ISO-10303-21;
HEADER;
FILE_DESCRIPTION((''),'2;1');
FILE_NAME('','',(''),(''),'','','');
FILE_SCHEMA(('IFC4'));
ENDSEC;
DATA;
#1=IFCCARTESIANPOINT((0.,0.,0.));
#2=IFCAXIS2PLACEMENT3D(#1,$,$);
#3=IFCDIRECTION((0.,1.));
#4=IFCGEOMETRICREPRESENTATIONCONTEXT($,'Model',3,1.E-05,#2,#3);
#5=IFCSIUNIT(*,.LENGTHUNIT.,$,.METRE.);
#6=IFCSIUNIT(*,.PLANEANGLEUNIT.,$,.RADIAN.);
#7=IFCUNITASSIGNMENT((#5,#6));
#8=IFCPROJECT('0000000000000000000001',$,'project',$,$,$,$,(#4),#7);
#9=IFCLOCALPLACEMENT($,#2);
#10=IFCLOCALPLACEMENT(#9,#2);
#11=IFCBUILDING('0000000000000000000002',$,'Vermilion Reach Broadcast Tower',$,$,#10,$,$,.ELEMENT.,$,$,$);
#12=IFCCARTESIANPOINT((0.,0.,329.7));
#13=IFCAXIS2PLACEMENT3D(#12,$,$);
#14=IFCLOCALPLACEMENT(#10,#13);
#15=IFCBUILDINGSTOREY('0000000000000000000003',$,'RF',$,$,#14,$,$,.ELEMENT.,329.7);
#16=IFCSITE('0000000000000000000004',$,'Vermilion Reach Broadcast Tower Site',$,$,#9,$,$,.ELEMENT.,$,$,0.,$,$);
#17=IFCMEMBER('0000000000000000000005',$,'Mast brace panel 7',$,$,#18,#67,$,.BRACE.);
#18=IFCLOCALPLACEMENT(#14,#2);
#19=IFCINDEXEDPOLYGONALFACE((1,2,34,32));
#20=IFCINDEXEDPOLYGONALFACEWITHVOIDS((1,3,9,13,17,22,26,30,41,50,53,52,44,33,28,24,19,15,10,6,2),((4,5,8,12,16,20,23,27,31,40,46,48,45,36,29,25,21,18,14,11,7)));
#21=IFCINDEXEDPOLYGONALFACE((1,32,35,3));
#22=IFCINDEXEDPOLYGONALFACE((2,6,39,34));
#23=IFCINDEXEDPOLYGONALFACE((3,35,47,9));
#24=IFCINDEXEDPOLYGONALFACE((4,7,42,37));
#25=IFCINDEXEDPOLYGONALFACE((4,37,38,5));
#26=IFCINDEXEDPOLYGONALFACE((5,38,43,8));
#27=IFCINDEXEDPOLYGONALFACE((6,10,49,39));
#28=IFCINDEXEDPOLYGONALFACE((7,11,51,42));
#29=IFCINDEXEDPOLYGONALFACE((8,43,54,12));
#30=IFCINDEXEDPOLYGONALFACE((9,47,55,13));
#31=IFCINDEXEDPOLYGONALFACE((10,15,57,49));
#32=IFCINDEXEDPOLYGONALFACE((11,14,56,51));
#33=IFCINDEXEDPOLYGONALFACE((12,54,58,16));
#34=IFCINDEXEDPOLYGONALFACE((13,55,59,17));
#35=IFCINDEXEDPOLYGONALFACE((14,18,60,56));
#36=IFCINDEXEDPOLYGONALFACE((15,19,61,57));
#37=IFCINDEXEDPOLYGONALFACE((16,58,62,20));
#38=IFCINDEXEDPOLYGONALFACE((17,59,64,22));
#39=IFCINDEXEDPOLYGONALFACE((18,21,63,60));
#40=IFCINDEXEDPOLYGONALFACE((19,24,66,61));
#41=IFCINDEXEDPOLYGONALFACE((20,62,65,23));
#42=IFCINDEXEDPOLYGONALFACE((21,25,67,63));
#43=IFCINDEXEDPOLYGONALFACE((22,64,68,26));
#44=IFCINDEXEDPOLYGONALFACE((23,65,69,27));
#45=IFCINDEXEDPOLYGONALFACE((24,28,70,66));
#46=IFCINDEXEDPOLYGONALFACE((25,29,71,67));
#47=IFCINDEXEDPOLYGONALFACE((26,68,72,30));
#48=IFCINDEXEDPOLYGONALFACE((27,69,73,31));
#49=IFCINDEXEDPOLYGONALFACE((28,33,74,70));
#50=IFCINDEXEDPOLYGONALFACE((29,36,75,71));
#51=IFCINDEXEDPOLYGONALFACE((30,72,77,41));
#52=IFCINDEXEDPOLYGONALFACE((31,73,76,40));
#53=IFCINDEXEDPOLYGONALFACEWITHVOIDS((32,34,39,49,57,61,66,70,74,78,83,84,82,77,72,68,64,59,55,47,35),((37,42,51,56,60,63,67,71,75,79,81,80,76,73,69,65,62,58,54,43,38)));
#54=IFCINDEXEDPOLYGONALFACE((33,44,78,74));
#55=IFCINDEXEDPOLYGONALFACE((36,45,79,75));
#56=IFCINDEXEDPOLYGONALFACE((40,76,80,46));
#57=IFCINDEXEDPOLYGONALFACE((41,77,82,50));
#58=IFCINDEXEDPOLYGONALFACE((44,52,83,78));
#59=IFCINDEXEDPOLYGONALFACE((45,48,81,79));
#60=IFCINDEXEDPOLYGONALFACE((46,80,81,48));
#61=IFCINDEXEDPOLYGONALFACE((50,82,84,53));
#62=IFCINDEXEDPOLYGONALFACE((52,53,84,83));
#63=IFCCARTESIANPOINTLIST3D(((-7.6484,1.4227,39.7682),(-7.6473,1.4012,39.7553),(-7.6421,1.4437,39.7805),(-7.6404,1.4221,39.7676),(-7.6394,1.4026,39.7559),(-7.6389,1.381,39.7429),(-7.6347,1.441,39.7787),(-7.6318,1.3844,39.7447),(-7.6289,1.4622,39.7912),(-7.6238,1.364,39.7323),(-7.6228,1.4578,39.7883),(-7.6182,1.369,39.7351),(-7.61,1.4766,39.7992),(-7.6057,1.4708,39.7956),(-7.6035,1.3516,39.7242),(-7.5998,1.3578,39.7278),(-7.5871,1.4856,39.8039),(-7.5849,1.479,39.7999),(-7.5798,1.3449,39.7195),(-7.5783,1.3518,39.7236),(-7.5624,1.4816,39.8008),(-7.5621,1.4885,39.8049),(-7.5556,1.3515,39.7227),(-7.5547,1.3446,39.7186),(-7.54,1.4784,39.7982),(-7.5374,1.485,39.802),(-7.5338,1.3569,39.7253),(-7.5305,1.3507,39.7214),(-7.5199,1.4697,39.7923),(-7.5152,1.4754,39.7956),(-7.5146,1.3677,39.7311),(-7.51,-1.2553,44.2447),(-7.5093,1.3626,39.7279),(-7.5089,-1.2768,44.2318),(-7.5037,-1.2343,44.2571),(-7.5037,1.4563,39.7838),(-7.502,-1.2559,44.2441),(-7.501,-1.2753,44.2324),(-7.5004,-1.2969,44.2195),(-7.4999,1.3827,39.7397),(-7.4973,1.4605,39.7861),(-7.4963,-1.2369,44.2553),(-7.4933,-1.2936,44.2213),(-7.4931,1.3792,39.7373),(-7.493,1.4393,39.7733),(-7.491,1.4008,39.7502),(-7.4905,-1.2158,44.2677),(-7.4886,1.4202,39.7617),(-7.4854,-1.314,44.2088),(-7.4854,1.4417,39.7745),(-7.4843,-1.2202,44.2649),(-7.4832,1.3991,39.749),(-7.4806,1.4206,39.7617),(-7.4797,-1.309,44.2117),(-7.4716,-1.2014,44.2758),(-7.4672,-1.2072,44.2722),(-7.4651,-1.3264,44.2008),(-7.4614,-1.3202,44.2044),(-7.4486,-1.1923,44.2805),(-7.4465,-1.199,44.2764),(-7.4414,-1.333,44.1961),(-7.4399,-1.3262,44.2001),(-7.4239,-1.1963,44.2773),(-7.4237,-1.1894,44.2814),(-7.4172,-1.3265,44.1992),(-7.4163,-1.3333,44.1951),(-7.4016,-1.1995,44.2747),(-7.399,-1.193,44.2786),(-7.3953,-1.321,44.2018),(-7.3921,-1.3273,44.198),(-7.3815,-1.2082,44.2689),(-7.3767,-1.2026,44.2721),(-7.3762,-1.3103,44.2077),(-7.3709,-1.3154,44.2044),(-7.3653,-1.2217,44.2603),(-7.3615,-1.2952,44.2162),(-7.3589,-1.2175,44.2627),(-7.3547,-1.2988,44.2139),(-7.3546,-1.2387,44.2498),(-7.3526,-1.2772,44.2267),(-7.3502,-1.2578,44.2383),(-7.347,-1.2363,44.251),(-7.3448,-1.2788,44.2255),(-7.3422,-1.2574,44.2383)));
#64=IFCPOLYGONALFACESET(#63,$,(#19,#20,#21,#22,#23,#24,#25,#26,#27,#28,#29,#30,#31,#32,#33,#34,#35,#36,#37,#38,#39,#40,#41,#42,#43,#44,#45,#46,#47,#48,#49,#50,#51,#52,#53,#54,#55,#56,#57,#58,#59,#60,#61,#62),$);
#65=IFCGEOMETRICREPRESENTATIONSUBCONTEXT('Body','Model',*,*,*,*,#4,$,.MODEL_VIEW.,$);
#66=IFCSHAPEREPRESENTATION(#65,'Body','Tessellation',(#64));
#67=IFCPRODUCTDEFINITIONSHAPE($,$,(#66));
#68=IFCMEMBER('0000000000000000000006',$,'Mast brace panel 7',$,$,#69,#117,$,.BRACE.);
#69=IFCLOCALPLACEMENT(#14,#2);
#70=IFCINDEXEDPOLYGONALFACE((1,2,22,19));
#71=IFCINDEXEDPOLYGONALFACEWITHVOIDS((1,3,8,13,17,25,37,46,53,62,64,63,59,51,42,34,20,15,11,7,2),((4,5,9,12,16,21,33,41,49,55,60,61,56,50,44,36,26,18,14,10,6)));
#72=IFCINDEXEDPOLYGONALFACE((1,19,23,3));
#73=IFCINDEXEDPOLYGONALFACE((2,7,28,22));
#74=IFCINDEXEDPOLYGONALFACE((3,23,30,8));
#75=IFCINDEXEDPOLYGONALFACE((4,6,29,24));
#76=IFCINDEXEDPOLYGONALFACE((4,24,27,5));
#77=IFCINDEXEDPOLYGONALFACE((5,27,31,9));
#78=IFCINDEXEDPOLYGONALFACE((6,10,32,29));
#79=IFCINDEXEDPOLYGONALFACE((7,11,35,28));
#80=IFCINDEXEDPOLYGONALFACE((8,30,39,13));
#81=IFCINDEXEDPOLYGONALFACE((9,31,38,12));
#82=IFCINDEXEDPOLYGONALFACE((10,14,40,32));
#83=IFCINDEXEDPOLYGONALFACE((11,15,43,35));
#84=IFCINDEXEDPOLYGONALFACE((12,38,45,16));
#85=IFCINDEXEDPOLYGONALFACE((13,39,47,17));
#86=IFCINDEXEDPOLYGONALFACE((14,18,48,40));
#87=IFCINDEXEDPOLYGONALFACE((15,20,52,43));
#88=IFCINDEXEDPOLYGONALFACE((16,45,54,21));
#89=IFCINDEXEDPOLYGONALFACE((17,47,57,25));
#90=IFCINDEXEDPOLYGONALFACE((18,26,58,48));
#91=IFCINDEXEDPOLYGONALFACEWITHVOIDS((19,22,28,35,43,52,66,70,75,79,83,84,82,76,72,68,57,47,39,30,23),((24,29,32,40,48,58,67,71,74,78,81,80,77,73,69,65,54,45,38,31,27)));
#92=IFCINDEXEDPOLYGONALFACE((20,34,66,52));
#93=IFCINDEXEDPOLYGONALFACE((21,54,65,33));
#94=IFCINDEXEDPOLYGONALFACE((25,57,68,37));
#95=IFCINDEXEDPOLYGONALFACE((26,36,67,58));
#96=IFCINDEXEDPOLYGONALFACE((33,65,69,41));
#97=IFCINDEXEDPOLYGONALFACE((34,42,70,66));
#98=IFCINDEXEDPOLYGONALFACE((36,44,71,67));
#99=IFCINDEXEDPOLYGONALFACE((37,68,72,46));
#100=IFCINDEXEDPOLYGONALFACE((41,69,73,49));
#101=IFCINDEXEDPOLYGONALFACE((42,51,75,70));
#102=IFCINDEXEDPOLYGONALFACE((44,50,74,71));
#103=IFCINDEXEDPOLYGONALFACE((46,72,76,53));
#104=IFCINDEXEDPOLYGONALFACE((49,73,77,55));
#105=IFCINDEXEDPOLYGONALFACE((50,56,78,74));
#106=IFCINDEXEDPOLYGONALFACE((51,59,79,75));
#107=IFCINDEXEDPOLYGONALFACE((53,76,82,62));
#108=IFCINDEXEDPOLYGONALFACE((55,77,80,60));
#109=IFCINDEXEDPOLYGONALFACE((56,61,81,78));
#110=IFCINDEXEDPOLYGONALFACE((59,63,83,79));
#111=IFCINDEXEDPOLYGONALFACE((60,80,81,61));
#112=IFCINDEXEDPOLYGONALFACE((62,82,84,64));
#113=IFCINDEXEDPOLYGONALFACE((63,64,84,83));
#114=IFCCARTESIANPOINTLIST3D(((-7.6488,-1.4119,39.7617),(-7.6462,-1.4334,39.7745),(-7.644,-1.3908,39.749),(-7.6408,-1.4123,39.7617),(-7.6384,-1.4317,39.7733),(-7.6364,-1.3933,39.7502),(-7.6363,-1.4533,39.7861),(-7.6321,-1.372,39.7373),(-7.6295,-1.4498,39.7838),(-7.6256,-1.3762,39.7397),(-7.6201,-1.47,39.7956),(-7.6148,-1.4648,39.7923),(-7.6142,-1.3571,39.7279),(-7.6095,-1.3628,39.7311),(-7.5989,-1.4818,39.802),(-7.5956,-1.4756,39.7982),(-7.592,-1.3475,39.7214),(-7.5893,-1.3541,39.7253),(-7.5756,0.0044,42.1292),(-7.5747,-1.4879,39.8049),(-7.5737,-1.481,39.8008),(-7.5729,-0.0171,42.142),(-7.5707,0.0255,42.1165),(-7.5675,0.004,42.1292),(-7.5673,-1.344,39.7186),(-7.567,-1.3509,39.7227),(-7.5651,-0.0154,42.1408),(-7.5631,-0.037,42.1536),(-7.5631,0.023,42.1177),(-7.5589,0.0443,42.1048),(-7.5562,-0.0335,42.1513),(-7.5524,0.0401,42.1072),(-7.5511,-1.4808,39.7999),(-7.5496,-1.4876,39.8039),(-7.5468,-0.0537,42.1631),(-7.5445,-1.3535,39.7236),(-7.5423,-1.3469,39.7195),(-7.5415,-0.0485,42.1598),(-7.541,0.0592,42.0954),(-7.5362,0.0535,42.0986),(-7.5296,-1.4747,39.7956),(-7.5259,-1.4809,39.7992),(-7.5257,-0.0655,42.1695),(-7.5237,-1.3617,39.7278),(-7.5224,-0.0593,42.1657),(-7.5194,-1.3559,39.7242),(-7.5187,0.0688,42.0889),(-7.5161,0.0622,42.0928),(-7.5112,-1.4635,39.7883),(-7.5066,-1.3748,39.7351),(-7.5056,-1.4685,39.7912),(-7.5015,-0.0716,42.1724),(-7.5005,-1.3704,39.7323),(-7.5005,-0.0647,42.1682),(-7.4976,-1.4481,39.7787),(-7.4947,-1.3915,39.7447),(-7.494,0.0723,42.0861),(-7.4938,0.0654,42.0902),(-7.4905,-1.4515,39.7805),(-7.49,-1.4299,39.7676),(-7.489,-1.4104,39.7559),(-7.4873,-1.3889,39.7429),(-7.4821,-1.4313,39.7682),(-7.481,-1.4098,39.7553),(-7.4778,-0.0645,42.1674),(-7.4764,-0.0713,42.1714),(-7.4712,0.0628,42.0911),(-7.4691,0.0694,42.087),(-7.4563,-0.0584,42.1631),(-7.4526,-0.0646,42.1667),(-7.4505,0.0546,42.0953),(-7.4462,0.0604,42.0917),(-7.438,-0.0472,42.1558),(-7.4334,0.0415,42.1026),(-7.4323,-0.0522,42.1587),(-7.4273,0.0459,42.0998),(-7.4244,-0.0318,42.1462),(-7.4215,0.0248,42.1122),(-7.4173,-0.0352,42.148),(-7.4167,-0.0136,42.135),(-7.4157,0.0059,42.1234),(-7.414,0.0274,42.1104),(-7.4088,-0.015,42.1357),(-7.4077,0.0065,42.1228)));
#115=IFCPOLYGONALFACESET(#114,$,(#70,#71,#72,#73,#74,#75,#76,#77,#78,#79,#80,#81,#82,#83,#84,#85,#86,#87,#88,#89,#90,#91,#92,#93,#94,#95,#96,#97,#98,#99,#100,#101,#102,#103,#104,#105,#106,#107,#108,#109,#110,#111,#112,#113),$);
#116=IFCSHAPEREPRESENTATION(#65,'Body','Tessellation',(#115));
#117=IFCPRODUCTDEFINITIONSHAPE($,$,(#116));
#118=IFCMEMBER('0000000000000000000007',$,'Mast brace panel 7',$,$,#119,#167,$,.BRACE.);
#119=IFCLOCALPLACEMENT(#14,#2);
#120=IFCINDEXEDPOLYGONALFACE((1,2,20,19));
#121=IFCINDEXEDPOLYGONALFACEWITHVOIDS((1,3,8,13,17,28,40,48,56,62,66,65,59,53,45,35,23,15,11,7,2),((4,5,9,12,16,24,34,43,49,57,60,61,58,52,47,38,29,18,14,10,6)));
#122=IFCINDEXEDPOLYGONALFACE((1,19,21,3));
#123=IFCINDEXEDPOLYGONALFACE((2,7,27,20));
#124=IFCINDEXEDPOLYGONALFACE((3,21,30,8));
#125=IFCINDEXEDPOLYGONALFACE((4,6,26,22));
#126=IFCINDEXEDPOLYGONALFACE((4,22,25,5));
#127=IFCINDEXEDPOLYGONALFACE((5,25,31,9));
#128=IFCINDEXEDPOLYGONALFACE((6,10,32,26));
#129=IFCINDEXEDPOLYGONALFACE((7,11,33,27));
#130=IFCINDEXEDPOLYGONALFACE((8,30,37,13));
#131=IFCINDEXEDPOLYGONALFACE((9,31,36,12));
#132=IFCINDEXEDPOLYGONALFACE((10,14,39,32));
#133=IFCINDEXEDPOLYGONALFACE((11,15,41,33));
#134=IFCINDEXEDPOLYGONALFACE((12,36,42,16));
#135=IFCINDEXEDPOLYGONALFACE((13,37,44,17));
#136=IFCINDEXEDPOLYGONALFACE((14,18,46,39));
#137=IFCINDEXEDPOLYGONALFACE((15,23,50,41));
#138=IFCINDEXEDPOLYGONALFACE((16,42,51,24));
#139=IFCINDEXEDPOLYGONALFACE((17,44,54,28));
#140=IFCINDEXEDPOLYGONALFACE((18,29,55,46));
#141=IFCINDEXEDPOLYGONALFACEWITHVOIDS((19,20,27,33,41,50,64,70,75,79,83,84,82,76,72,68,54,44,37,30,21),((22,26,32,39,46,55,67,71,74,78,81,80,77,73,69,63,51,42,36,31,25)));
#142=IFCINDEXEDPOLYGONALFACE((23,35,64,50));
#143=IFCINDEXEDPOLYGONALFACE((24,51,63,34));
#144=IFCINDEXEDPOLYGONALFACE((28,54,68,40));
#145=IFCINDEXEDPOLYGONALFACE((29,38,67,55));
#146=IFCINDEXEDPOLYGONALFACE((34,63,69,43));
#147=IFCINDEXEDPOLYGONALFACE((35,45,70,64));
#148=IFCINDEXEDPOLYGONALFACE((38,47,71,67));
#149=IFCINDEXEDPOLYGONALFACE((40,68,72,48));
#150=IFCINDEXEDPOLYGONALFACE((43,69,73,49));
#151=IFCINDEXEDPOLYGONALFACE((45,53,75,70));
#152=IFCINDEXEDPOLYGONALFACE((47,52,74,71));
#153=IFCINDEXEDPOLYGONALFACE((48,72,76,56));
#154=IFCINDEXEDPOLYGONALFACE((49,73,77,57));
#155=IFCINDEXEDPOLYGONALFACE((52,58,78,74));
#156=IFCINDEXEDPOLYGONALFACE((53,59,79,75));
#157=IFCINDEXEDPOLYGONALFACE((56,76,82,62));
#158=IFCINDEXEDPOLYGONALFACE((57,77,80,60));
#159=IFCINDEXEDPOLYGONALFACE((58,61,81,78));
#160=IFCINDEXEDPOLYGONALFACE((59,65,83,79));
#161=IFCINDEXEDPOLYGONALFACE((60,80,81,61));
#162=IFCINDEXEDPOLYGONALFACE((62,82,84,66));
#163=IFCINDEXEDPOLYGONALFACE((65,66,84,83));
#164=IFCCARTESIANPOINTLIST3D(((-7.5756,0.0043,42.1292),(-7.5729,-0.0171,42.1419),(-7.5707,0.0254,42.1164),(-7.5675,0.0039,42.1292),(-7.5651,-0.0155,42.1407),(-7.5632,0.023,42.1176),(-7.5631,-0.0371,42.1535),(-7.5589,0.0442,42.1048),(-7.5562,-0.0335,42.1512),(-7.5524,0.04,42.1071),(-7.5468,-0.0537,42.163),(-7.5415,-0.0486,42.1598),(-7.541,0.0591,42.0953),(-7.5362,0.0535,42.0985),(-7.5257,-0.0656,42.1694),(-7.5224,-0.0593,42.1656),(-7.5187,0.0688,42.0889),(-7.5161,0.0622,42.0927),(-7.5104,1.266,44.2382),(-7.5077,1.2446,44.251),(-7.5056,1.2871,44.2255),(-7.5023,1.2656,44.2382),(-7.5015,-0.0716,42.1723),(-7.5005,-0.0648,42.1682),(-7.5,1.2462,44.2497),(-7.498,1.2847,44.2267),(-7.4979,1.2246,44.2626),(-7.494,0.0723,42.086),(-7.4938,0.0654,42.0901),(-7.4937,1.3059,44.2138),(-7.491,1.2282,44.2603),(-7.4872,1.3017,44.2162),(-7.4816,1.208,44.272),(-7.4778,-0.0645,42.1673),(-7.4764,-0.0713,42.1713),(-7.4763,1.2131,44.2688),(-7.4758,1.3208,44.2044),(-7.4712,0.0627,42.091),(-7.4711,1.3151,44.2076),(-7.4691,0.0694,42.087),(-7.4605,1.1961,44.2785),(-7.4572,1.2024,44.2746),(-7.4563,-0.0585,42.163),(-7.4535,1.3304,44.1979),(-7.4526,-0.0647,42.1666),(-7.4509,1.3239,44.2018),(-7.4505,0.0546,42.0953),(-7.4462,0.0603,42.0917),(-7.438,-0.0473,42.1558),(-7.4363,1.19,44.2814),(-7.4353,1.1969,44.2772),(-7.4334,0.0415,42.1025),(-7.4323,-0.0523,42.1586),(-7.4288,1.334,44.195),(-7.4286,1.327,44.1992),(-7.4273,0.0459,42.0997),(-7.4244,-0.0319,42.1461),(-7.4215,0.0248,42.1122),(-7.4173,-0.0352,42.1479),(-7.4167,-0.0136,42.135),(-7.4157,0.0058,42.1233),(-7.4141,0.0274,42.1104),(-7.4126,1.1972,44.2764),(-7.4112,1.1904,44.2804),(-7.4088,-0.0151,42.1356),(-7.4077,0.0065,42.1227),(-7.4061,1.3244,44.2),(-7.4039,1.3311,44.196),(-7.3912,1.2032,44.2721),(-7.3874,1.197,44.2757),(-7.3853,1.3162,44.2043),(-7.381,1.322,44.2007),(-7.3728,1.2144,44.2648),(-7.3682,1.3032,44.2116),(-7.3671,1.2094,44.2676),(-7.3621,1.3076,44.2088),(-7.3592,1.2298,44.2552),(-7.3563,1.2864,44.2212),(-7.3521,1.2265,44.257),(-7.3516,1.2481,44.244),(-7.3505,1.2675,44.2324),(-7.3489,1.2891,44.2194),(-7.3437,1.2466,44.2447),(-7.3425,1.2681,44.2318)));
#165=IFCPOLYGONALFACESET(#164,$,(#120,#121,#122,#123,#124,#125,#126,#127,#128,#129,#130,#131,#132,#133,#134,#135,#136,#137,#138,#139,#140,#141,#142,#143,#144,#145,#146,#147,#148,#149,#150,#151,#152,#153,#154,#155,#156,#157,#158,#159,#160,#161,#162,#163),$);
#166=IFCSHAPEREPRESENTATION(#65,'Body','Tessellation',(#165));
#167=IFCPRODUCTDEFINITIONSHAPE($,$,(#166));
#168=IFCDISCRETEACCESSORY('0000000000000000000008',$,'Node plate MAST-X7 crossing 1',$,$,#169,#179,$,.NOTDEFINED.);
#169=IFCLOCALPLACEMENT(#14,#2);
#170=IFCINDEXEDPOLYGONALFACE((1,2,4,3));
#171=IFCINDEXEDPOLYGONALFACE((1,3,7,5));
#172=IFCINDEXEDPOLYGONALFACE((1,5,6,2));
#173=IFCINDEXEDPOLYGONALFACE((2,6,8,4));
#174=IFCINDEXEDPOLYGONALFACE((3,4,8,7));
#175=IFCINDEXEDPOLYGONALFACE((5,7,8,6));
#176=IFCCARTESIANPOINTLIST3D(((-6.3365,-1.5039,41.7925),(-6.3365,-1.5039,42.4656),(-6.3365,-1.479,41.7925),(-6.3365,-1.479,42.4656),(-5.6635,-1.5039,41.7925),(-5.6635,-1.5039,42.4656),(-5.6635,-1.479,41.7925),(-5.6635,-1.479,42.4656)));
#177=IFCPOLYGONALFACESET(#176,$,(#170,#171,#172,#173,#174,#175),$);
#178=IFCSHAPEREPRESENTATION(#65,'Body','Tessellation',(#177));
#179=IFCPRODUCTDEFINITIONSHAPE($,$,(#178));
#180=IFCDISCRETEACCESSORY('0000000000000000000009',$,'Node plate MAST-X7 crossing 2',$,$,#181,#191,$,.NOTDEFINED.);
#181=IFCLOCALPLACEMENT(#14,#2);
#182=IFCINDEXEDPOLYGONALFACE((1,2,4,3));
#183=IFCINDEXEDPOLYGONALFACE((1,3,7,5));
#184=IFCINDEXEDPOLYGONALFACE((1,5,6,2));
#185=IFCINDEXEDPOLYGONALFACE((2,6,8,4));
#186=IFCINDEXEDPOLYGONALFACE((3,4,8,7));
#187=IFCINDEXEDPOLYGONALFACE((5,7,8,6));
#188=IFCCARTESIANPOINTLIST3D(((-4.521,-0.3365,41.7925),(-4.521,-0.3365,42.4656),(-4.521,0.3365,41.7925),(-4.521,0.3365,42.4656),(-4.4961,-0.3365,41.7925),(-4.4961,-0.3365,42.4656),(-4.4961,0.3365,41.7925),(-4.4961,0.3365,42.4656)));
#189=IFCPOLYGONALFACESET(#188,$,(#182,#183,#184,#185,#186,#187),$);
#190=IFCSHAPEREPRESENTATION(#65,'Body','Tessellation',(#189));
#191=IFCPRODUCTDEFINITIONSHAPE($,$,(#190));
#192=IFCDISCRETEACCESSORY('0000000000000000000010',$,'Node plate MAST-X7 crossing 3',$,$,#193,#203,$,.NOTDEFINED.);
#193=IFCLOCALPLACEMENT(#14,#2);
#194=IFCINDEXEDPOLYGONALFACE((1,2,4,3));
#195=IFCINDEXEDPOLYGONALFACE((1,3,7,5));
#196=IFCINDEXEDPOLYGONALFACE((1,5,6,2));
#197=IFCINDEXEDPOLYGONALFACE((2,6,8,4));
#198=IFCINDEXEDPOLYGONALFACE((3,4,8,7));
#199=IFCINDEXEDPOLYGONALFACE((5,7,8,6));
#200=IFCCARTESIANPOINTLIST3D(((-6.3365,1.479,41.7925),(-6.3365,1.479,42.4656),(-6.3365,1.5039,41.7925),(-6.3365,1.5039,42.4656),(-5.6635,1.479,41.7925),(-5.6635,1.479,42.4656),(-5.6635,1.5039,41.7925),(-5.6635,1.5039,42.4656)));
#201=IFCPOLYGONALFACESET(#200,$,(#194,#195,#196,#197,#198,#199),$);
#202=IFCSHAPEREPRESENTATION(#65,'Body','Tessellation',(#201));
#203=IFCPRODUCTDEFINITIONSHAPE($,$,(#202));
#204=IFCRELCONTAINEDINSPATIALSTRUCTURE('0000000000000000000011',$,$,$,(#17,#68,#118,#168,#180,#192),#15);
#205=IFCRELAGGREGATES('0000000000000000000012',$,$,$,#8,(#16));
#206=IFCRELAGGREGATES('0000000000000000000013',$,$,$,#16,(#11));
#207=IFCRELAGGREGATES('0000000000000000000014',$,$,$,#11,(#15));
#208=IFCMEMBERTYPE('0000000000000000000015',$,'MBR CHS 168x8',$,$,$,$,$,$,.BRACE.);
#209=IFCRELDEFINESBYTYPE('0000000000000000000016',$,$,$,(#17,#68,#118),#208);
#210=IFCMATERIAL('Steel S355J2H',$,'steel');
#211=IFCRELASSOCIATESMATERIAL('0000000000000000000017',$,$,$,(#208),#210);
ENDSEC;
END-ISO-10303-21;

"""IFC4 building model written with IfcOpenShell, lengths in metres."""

from ifc_helpers import new_model, si_unit, direction, frame, origin, origin_2d, place, context, subcontext, project, spatial, rectangle, hollow_circle, extrude, material, material_profile, profile_set, type_object, element, save


model = new_model("IFC4")

# Units and contexts
model_context = context("Model", 3, precision=1e-05, world=origin(), true_north=direction((0.0, 1.0)))
body_context = subcontext(model_context, "Body", "Model", "MODEL_VIEW")
ifc_project = project(units=[si_unit("LENGTHUNIT", "METRE"), si_unit("PLANEANGLEUNIT", "RADIAN")], contexts=[model_context])

# Site, building, storey
site_placement = place(None, origin())
site = spatial("IfcSite", under=ifc_project, at=site_placement, Name="Vermilion Reach Broadcast Tower Site", CompositionType="ELEMENT", RefElevation=0.0)
building_placement = place(site_placement, origin())
building = spatial("IfcBuilding", under=site, at=building_placement, Name="Vermilion Reach Broadcast Tower", CompositionType="ELEMENT")
storey_placement = place(building_placement, frame((0.0, 0.0, 329.7)))
storey = spatial("IfcBuildingStorey", under=building, at=storey_placement, Name="RF", CompositionType="ELEMENT", Elevation=329.7)

# Members
ifc_material = material(Name="Steel S355J2H", Category="steel")
ifc_material_profile = material_profile(ifc_material, hollow_circle(Radius=0.0842, WallThickness=0.0081, at=origin_2d()), Name="S355J2H CHS 168x8")
ifc_profile_set = profile_set([ifc_material_profile], Name="Steel S355J2H")
member_type = type_object("IfcMemberType", Name="MBR CHS 168x8", PredefinedType="BRACE", material=ifc_profile_set)
member_1_placement = place(storey_placement, frame((-7.5647, 1.4163, 39.7617), z_axis=(0.026528, -0.513193, 0.857863), x_axis=(0.998667, 0.051622, 0.0)))
element("IfcMember", 1, at=member_1_placement, inside=storey, type_object=member_type, Name="Mast brace panel 7", PredefinedType="BRACE", context=body_context, shape_type="SweptSolid", body=[
    extrude(hollow_circle(Radius=0.0842, WallThickness=0.0081, at=origin_2d()), origin(), (0.0, 0.0, 1.0), 5.2183),
])
member_2_placement = place(storey_placement, frame((-7.5647, -1.4163, 39.7617), z_axis=(0.02654, 0.513195, 0.857861), x_axis=(-0.998665, 0.051646, 0.0)))
element("IfcMember", 2, at=member_2_placement, inside=storey, type_object=member_type, Name="Mast brace panel 7", PredefinedType="BRACE", context=body_context, shape_type="SweptSolid", body=[
    extrude(hollow_circle(Radius=0.0842, WallThickness=0.0081, at=origin_2d()), origin(), (0.0, 0.0, 1.0), 2.7598),
])
member_3_placement = place(storey_placement, frame((-7.4915, 0.0, 42.1292), z_axis=(0.026513, 0.51319, 0.857865), x_axis=(-0.998668, 0.051595, 0.0)))
element("IfcMember", 3, at=member_3_placement, inside=storey, type_object=member_type, Name="Mast brace panel 7", PredefinedType="BRACE", context=body_context, shape_type="SweptSolid", body=[
    extrude(hollow_circle(Radius=0.0842, WallThickness=0.0081, at=origin_2d()), origin(), (0.0, 0.0, 1.0), 2.4585),
])

# Discrete accessories
for number, where, z_axis, x_axis, name in (
    (4, (-6.0, -1.4915, 41.7925), (0.0, 0.0, 1.0), (0.0, 1.0, 0.0), "Node plate MAST-X7 crossing 1"),
    (5, (-4.5085, 0.0, 41.7925), (0.0, 0.0, 1.0), (-1.0, 0.0, 0.0), "Node plate MAST-X7 crossing 2"),
    (6, (-6.0, 1.4915, 41.7925), (0.0, 0.0, 1.0), (0.0, -1.0, 0.0), "Node plate MAST-X7 crossing 3"),
):
    element("IfcDiscreteAccessory", number, at=place(storey_placement, frame(where, z_axis=z_axis, x_axis=x_axis)), inside=storey, Name=name, PredefinedType="NOTDEFINED", context=body_context, shape_type="SweptSolid", body=[
        extrude(rectangle(XDim=0.0249, YDim=0.6731, at=origin_2d()), origin(), (0.0, 0.0, 1.0), 0.6731),
    ])

save(model, "model.ifc")
